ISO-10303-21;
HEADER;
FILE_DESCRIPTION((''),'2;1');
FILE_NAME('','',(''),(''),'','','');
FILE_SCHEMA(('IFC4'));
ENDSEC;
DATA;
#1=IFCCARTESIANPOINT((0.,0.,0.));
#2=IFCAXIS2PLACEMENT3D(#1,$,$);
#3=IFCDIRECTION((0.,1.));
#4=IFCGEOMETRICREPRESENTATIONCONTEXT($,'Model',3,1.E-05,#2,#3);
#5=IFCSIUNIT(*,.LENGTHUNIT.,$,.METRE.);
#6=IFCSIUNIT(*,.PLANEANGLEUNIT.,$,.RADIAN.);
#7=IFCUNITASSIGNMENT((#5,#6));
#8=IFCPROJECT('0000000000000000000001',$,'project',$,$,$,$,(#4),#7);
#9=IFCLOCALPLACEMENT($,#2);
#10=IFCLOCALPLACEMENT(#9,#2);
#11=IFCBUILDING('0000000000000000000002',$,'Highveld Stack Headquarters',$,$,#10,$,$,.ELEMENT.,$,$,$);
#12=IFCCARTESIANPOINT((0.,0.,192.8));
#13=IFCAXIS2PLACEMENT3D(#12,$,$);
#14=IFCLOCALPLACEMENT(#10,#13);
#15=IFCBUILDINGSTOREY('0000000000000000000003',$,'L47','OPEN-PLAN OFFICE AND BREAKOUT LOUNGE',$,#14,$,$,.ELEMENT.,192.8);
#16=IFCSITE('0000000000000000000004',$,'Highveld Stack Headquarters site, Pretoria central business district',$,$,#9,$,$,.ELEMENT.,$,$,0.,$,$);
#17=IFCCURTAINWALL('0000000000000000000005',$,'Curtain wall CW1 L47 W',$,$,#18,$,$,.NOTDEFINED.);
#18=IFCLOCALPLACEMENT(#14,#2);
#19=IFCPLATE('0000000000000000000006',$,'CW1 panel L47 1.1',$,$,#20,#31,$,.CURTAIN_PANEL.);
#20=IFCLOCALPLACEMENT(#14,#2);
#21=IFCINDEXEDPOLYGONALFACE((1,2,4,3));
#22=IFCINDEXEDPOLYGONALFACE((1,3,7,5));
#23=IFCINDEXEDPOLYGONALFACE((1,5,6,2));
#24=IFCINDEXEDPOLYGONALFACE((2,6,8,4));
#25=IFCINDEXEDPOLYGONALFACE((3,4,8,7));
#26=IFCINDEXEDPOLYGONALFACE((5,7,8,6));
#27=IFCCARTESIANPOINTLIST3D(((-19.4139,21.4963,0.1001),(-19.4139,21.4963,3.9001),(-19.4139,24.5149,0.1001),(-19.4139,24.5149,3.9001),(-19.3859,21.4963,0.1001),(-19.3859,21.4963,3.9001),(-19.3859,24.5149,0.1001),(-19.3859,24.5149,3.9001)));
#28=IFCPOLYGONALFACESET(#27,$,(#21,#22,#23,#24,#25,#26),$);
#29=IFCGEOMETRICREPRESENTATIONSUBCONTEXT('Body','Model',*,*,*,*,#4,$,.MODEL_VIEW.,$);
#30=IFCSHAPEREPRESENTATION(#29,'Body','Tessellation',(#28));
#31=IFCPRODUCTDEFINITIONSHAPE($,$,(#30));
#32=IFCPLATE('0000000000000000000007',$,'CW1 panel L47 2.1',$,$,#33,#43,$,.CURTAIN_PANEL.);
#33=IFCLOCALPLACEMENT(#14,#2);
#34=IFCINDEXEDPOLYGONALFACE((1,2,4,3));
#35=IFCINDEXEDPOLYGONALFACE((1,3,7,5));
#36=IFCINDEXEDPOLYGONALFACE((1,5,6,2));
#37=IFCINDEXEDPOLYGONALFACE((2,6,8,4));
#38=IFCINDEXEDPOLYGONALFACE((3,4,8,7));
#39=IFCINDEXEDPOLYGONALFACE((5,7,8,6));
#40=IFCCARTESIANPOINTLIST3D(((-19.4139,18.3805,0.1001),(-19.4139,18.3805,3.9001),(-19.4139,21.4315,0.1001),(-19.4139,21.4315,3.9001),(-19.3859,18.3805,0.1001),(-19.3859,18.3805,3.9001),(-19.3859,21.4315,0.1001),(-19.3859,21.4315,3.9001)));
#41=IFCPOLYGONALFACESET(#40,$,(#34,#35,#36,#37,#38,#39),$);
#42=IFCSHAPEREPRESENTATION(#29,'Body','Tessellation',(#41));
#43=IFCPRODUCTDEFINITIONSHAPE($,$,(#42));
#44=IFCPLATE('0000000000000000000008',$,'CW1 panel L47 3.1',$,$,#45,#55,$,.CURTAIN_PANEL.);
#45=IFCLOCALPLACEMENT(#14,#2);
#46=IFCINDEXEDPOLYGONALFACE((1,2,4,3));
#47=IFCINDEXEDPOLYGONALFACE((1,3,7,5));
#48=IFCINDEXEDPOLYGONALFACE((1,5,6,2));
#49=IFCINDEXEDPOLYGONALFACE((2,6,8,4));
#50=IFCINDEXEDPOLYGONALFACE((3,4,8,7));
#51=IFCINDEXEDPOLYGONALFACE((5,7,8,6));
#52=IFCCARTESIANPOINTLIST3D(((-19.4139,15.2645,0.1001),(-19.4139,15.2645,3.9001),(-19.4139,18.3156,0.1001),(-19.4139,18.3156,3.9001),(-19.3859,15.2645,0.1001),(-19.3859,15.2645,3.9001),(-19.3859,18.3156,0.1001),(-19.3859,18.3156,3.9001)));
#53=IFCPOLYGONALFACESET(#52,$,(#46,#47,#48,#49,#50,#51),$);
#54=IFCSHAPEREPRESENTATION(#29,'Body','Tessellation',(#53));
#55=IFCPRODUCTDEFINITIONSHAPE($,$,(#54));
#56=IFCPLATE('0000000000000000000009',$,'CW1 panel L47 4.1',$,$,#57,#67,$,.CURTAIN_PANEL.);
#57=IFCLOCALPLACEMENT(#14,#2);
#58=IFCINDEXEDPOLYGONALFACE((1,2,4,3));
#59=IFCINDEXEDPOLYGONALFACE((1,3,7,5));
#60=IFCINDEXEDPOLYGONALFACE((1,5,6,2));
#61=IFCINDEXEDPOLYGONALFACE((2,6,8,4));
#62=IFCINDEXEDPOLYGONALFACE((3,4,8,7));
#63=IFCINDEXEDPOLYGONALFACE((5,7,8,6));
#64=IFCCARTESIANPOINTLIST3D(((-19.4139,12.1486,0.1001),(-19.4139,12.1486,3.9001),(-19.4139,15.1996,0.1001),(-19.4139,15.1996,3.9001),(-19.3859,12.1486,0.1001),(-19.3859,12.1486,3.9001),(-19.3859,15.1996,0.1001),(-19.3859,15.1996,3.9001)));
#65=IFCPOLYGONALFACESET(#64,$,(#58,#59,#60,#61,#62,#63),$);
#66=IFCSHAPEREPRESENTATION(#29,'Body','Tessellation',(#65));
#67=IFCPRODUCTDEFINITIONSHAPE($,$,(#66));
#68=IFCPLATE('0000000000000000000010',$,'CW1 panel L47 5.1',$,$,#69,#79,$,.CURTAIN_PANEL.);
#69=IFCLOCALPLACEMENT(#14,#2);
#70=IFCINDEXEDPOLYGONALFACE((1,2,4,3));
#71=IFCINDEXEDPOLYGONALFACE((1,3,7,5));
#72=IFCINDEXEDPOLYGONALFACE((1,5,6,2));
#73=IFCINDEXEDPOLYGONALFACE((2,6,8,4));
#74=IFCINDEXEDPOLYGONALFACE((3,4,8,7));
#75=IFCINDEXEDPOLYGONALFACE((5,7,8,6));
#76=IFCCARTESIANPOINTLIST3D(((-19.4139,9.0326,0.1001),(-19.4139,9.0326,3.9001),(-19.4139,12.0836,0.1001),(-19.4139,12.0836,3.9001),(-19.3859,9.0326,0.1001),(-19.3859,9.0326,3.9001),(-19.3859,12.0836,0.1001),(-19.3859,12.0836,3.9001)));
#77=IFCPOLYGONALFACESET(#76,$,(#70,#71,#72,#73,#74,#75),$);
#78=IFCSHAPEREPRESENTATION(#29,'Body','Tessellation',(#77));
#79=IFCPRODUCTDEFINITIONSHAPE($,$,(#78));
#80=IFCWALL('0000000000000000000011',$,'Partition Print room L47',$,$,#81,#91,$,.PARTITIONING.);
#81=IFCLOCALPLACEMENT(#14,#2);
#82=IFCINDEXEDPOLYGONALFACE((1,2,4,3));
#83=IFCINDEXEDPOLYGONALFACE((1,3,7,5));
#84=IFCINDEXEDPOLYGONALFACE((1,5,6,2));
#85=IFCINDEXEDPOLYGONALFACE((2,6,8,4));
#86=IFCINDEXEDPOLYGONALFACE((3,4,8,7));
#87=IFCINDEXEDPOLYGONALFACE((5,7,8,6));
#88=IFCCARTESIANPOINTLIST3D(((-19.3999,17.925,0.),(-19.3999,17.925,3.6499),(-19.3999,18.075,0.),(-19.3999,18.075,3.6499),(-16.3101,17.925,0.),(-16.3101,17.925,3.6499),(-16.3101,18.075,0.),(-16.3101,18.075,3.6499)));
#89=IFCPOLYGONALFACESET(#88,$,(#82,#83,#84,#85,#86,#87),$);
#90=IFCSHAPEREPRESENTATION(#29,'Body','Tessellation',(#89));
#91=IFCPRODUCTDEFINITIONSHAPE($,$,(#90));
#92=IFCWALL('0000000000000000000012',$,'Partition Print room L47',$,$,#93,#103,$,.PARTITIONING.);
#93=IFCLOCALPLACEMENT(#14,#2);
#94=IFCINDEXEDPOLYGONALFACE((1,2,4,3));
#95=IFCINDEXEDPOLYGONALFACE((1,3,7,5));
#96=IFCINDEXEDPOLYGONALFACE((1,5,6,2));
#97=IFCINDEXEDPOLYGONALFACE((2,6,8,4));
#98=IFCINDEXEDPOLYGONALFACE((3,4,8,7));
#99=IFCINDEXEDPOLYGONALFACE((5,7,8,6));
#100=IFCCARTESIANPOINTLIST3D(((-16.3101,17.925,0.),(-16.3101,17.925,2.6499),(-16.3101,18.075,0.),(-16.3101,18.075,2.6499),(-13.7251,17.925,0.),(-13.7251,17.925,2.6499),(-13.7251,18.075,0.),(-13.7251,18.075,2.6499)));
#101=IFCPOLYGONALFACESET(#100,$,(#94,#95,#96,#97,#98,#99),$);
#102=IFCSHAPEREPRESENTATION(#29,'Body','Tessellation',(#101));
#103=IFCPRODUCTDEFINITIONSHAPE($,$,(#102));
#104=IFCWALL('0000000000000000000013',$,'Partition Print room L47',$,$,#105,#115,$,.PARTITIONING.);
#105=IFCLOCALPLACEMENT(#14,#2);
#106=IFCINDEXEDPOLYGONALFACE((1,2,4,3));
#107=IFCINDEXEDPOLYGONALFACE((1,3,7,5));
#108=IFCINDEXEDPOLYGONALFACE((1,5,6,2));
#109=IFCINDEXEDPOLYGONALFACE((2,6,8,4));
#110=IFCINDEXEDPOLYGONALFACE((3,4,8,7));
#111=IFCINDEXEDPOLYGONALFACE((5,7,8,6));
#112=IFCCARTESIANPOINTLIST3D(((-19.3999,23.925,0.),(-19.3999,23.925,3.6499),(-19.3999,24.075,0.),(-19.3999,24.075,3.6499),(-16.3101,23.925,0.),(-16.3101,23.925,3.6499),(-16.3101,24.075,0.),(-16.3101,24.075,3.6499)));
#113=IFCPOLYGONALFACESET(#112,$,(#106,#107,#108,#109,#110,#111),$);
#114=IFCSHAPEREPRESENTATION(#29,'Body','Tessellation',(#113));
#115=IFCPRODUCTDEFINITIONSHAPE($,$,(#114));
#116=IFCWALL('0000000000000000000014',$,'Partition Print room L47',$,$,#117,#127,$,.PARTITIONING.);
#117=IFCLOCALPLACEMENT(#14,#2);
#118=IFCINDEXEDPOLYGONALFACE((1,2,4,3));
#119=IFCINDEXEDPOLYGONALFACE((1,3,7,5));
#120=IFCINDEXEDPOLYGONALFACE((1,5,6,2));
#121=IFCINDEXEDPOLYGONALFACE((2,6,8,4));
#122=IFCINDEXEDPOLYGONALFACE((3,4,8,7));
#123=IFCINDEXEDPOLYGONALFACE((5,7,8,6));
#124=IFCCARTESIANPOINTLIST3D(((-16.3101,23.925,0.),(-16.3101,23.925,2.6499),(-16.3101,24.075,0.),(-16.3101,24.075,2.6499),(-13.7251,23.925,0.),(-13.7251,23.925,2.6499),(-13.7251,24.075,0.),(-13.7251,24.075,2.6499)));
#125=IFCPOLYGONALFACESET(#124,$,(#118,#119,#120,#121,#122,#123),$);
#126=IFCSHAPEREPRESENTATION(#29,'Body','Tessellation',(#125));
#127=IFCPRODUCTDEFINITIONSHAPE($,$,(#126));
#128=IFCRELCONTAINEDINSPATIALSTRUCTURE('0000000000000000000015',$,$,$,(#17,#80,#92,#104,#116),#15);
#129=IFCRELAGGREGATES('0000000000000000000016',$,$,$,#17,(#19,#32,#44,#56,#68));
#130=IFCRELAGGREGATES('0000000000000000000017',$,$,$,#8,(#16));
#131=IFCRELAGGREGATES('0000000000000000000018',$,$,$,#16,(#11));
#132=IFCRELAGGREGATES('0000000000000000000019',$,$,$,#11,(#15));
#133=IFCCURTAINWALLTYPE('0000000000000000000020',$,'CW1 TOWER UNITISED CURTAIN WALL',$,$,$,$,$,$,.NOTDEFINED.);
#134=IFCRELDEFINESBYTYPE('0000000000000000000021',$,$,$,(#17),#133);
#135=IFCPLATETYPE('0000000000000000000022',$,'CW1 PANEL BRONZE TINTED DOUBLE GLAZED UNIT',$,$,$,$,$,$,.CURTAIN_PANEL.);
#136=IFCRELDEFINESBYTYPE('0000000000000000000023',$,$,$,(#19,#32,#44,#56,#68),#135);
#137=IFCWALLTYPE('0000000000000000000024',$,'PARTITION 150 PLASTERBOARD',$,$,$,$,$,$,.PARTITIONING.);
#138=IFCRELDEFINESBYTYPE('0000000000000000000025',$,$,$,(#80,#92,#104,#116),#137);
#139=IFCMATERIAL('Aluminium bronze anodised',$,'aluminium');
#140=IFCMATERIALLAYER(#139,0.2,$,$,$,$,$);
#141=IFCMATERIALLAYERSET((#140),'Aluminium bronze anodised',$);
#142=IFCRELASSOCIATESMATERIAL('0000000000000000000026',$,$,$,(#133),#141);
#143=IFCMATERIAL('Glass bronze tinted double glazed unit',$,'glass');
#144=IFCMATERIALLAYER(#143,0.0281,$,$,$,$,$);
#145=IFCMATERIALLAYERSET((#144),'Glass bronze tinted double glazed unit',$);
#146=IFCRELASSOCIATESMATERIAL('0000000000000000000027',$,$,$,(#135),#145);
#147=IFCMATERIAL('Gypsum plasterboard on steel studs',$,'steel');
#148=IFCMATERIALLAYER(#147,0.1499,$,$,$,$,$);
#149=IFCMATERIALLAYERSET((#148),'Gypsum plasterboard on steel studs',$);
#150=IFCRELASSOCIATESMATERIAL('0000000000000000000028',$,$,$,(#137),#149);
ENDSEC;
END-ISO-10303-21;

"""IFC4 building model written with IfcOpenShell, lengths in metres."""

from ifc_helpers import new_model, si_unit, direction, frame, frame_2d, origin, origin_2d, place, context, subcontext, project, spatial, rectangle, extrude, material, layer, layer_set, type_object, element, aggregate, save


model = new_model("IFC4")

# Units and contexts
model_context = context("Model", 3, precision=1e-05, world=origin(), true_north=direction((0.0, 1.0)))
body_context = subcontext(model_context, "Body", "Model", "MODEL_VIEW")
ifc_project = project(units=[si_unit("LENGTHUNIT", "METRE"), si_unit("PLANEANGLEUNIT", "RADIAN")], contexts=[model_context])

# Site, building, storey
site_placement = place(None, origin())
site = spatial("IfcSite", under=ifc_project, at=site_placement, Name="Highveld Stack Headquarters site, Pretoria central business district", CompositionType="ELEMENT", RefElevation=0.0)
building_placement = place(site_placement, origin())
building = spatial("IfcBuilding", under=site, at=building_placement, Name="Highveld Stack Headquarters", CompositionType="ELEMENT")
storey_placement = place(building_placement, frame((0.0, 0.0, 192.8)))
storey = spatial("IfcBuildingStorey", under=building, at=storey_placement, Name="L47", Description="OPEN-PLAN OFFICE AND BREAKOUT LOUNGE", CompositionType="ELEMENT", Elevation=192.8)

# Curtain wall
ifc_material_1 = material(Name="Aluminium bronze anodised", Category="aluminium")
ifc_layer_1 = layer(ifc_material_1, 0.2)
ifc_layer_set_1 = layer_set([ifc_layer_1], Name="Aluminium bronze anodised")
curtain_wall_type = type_object("IfcCurtainWallType", Name="CW1 TOWER UNITISED CURTAIN WALL", PredefinedType="NOTDEFINED", material=ifc_layer_set_1)
curtain_wall_placement = place(storey_placement, origin())
curtain_wall = element("IfcCurtainWall", 1, at=curtain_wall_placement, inside=storey, type_object=curtain_wall_type, Name="Curtain wall CW1 L47 W", PredefinedType="NOTDEFINED")

# Plates
ifc_material_2 = material(Name="Glass bronze tinted double glazed unit", Category="glass")
ifc_layer_2 = layer(ifc_material_2, 0.0281)
ifc_layer_set_2 = layer_set([ifc_layer_2], Name="Glass bronze tinted double glazed unit")
plate_type = type_object("IfcPlateType", Name="CW1 PANEL BRONZE TINTED DOUBLE GLAZED UNIT", PredefinedType="CURTAIN_PANEL", material=ifc_layer_set_2)
plate_1_placement = place(storey_placement, frame((-19.3999, 23.0056, 0.1001), z_axis=(0.0, 0.0, 1.0), x_axis=(0.0, -1.0, 0.0)))
plate_1 = element("IfcPlate", 2, at=plate_1_placement, type_object=plate_type, Name="CW1 panel L47 1.1", PredefinedType="CURTAIN_PANEL", context=body_context, shape_type="SweptSolid", body=[
    extrude(rectangle(XDim=3.0186, YDim=0.0281, at=origin_2d()), origin(), (0.0, 0.0, 1.0), 3.8),
])
plate_2_placement = place(storey_placement, frame((-19.3999, 19.906, 0.1001), z_axis=(0.0, 0.0, 1.0), x_axis=(0.0, -1.0, 0.0)))
plate_2 = element("IfcPlate", 3, at=plate_2_placement, type_object=plate_type, Name="CW1 panel L47 2.1", PredefinedType="CURTAIN_PANEL", context=body_context, shape_type="SweptSolid", body=[
    extrude(rectangle(XDim=3.051, YDim=0.0281, at=origin_2d()), origin(), (0.0, 0.0, 1.0), 3.8),
])
plate_3_placement = place(storey_placement, frame((-19.3999, 16.79, 0.1001), z_axis=(0.0, 0.0, 1.0), x_axis=(0.0, -1.0, 0.0)))
plate_3 = element("IfcPlate", 4, at=plate_3_placement, type_object=plate_type, Name="CW1 panel L47 3.1", PredefinedType="CURTAIN_PANEL", context=body_context, shape_type="SweptSolid", body=[
    extrude(rectangle(XDim=3.051, YDim=0.0281, at=origin_2d()), origin(), (0.0, 0.0, 1.0), 3.8),
])
plate_4_placement = place(storey_placement, frame((-19.3999, 13.6741, 0.1001), z_axis=(0.0, 0.0, 1.0), x_axis=(0.0, -1.0, 0.0)))
plate_4 = element("IfcPlate", 5, at=plate_4_placement, type_object=plate_type, Name="CW1 panel L47 4.1", PredefinedType="CURTAIN_PANEL", context=body_context, shape_type="SweptSolid", body=[
    extrude(rectangle(XDim=3.051, YDim=0.0281, at=origin_2d()), origin(), (0.0, 0.0, 1.0), 3.8),
])
plate_5_placement = place(storey_placement, frame((-19.3999, 10.5581, 0.1001), z_axis=(0.0, 0.0, 1.0), x_axis=(0.0, -1.0, 0.0)))
plate_5 = element("IfcPlate", 6, at=plate_5_placement, type_object=plate_type, Name="CW1 panel L47 5.1", PredefinedType="CURTAIN_PANEL", context=body_context, shape_type="SweptSolid", body=[
    extrude(rectangle(XDim=3.051, YDim=0.0281, at=origin_2d()), origin(), (0.0, 0.0, 1.0), 3.8),
])
aggregate(curtain_wall, [plate_1, plate_2, plate_3, plate_4, plate_5])

# Walls
ifc_material_3 = material(Name="Gypsum plasterboard on steel studs", Category="steel")
ifc_layer_3 = layer(ifc_material_3, 0.1499)
ifc_layer_set_3 = layer_set([ifc_layer_3], Name="Gypsum plasterboard on steel studs")
wall_type = type_object("IfcWallType", Name="PARTITION 150 PLASTERBOARD", PredefinedType="PARTITIONING", material=ifc_layer_set_3)
wall_1_placement = place(storey_placement, frame((-19.3999, 18.0, 0.0), z_axis=(0.0, 0.0, 1.0), x_axis=(1.0, 0.0, 0.0)))
element("IfcWall", 7, at=wall_1_placement, inside=storey, type_object=wall_type, Name="Partition Print room L47", PredefinedType="PARTITIONING", context=body_context, shape_type="SweptSolid", body=[
    extrude(rectangle(XDim=3.0898, YDim=0.1499, at=frame_2d((1.5449, 0.0))), origin(), (0.0, 0.0, 1.0), 3.6499),
])
wall_2_placement = place(storey_placement, frame((-16.3101, 18.0, 0.0), z_axis=(0.0, 0.0, 1.0), x_axis=(1.0, 0.0, 0.0)))
element("IfcWall", 8, at=wall_2_placement, inside=storey, type_object=wall_type, Name="Partition Print room L47", PredefinedType="PARTITIONING", context=body_context, shape_type="SweptSolid", body=[
    extrude(rectangle(XDim=2.585, YDim=0.1499, at=frame_2d((1.2925, 0.0))), origin(), (0.0, 0.0, 1.0), 2.6499),
])
wall_3_placement = place(storey_placement, frame((-19.3999, 24.0, 0.0), z_axis=(0.0, 0.0, 1.0), x_axis=(1.0, 0.0, 0.0)))
element("IfcWall", 9, at=wall_3_placement, inside=storey, type_object=wall_type, Name="Partition Print room L47", PredefinedType="PARTITIONING", context=body_context, shape_type="SweptSolid", body=[
    extrude(rectangle(XDim=3.0898, YDim=0.1499, at=frame_2d((1.5449, 0.0))), origin(), (0.0, 0.0, 1.0), 3.6499),
])
wall_4_placement = place(storey_placement, frame((-16.3101, 24.0, 0.0), z_axis=(0.0, 0.0, 1.0), x_axis=(1.0, 0.0, 0.0)))
element("IfcWall", 10, at=wall_4_placement, inside=storey, type_object=wall_type, Name="Partition Print room L47", PredefinedType="PARTITIONING", context=body_context, shape_type="SweptSolid", body=[
    extrude(rectangle(XDim=2.585, YDim=0.1499, at=frame_2d((1.2925, 0.0))), origin(), (0.0, 0.0, 1.0), 2.6499),
])

save(model, "model.ifc")
